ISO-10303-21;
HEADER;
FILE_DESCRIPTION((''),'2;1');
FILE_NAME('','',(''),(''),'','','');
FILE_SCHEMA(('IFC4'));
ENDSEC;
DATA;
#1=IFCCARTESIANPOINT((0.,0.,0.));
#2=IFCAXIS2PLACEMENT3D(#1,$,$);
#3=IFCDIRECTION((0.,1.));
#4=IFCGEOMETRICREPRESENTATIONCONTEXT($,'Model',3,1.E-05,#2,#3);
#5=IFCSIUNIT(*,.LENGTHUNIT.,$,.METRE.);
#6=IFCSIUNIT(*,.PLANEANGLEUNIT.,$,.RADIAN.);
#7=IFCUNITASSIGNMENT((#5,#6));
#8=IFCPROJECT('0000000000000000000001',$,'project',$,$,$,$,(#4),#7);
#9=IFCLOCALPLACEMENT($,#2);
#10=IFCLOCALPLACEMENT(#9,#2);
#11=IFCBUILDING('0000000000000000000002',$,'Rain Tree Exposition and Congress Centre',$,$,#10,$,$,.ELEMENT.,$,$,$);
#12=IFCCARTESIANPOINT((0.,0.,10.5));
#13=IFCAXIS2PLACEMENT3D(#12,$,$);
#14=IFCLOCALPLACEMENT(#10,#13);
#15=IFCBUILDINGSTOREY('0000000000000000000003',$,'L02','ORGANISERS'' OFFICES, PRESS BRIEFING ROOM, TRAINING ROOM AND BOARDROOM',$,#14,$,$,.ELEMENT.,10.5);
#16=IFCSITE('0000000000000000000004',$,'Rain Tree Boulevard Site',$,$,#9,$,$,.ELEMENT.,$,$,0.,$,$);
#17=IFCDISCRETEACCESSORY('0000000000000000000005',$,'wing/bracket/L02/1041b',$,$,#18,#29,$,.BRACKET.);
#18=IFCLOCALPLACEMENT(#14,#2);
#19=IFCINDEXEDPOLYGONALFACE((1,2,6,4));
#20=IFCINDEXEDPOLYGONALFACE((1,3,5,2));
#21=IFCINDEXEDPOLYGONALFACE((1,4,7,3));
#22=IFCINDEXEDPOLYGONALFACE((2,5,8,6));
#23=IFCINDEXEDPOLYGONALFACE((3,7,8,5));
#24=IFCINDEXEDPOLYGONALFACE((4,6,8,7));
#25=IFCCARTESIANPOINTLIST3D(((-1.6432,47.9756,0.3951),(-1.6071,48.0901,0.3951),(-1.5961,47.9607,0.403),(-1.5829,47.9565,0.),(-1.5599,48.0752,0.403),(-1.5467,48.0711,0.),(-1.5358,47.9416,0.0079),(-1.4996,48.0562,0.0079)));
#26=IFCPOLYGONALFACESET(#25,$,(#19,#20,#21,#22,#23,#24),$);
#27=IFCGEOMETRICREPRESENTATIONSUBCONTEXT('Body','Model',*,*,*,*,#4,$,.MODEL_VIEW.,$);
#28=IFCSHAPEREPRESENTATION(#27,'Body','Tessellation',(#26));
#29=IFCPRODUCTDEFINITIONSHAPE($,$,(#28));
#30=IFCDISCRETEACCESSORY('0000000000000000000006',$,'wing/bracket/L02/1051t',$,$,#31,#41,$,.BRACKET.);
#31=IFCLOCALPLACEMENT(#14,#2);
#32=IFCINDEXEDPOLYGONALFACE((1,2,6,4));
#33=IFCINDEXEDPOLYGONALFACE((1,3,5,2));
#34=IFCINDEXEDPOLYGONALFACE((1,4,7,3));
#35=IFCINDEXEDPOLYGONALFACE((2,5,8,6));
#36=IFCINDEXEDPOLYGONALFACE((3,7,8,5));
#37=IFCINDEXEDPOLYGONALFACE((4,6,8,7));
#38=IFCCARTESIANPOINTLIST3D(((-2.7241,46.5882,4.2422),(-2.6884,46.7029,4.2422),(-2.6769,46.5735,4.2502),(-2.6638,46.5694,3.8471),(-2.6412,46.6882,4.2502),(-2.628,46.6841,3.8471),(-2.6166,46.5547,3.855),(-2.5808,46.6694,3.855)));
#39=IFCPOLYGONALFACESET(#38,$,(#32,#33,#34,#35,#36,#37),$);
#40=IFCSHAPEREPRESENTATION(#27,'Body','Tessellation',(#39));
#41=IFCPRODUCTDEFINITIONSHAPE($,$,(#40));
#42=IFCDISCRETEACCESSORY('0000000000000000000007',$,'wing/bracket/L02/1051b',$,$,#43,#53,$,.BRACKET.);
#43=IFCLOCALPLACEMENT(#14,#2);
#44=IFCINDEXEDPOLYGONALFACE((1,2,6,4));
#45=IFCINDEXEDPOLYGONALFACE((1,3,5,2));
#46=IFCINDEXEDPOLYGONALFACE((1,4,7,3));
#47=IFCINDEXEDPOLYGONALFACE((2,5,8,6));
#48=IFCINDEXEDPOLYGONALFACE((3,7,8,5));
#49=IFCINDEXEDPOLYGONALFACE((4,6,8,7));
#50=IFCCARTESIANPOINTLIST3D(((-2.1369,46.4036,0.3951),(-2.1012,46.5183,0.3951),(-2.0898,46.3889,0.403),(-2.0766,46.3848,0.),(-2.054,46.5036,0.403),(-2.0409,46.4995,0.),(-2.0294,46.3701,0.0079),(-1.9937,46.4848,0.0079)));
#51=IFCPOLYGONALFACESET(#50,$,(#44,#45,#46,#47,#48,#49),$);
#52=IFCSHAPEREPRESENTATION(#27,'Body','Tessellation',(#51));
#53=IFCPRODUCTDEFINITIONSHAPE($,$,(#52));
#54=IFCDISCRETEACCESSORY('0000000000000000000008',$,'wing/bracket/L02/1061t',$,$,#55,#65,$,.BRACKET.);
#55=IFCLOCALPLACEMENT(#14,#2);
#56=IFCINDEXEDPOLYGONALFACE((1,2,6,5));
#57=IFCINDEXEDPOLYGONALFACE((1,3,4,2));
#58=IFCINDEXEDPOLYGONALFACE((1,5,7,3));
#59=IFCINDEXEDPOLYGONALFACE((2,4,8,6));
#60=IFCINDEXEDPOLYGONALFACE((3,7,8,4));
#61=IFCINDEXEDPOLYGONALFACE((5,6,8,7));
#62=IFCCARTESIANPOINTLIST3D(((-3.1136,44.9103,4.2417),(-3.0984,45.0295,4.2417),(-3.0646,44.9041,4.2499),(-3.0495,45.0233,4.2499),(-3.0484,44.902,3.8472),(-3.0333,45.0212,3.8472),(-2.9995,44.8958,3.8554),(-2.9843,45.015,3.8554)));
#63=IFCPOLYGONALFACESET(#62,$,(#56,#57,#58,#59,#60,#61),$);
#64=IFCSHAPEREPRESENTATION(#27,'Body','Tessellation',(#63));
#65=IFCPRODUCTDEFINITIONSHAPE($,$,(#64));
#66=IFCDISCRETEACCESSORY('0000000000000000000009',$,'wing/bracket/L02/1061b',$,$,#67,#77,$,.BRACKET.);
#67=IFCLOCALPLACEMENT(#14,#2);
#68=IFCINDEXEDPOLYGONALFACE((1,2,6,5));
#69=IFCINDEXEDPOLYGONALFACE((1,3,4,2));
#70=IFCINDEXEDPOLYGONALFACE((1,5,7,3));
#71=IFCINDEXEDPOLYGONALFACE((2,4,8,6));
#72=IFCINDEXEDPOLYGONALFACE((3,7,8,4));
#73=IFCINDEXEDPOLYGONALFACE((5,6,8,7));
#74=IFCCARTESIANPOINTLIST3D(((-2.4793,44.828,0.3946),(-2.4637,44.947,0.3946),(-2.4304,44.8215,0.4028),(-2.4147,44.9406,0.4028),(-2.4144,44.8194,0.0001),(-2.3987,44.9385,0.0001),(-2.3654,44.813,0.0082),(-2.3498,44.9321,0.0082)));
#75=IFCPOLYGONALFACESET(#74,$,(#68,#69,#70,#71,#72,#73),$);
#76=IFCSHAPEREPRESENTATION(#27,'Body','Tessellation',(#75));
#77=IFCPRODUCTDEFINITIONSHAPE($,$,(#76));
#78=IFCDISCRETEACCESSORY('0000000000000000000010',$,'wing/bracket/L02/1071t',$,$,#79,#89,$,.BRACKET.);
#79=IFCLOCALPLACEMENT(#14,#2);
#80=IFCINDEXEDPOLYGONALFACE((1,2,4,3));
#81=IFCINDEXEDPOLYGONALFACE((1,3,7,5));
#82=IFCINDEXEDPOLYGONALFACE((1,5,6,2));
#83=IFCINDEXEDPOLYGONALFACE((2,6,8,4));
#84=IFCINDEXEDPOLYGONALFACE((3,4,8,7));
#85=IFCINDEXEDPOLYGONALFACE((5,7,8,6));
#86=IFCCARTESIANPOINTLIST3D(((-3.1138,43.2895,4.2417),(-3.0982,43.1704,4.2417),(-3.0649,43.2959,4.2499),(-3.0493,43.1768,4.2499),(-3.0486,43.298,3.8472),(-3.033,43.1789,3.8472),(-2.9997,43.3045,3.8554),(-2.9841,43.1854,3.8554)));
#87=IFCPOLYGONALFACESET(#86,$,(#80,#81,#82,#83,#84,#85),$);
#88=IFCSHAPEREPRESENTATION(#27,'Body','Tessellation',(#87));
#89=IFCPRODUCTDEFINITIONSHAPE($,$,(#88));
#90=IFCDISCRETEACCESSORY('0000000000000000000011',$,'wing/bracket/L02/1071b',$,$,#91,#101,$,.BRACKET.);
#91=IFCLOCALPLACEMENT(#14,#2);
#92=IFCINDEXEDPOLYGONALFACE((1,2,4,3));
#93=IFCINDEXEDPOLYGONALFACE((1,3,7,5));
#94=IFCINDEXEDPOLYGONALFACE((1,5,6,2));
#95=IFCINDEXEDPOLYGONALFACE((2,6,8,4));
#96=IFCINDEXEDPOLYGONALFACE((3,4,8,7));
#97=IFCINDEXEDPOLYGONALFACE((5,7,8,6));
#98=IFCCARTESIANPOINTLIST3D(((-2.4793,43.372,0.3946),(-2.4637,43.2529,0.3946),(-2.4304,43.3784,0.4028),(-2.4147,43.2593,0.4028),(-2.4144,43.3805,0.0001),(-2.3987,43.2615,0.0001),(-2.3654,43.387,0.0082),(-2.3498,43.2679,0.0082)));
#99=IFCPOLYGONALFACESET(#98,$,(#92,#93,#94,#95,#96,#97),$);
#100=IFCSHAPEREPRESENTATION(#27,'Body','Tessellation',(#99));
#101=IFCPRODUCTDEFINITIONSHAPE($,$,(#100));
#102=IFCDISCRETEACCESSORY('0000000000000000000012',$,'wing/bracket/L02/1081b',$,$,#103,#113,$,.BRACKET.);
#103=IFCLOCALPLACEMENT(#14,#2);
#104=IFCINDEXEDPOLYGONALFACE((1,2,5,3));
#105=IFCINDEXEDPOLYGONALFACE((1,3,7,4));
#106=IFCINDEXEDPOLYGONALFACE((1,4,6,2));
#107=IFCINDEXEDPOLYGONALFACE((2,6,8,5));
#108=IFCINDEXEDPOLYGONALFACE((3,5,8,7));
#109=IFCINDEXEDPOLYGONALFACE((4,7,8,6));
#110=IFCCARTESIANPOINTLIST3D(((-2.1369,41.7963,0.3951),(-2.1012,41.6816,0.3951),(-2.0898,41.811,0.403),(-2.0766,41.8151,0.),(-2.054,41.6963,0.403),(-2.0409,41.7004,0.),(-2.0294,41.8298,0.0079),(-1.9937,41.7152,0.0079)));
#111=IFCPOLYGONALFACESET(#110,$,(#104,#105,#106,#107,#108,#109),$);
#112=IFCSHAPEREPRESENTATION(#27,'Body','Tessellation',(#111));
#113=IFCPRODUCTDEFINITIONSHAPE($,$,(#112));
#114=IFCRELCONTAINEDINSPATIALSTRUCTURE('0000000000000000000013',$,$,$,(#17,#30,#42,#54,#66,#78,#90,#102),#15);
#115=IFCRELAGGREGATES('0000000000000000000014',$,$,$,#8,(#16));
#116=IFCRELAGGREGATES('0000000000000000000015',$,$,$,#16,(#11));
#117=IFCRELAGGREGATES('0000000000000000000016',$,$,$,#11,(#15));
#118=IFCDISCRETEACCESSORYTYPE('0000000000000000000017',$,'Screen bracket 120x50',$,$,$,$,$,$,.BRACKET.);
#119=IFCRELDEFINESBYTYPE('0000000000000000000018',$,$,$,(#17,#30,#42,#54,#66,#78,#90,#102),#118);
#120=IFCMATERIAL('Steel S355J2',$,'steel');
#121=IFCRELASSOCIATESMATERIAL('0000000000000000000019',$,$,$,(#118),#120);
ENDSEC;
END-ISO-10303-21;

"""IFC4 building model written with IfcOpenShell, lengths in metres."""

from ifc_helpers import new_model, si_unit, direction, frame, origin, origin_2d, place, context, subcontext, project, spatial, rectangle, extrude, material, material_profile, profile_set, type_object, element, save


model = new_model("IFC4")

# Units and contexts
model_context = context("Model", 3, precision=1e-05, world=origin(), true_north=direction((0.0, 1.0)))
body_context = subcontext(model_context, "Body", "Model", "MODEL_VIEW")
ifc_project = project(units=[si_unit("LENGTHUNIT", "METRE"), si_unit("PLANEANGLEUNIT", "RADIAN")], contexts=[model_context])

# Site, building, storey
site_placement = place(None, origin())
site = spatial("IfcSite", under=ifc_project, at=site_placement, Name="Rain Tree Boulevard Site", CompositionType="ELEMENT", RefElevation=0.0)
building_placement = place(site_placement, origin())
building = spatial("IfcBuilding", under=site, at=building_placement, Name="Rain Tree Exposition and Congress Centre", CompositionType="ELEMENT")
storey_placement = place(building_placement, frame((0.0, 0.0, 10.5)))
storey = spatial("IfcBuildingStorey", under=building, at=storey_placement, Name="L02", Description="ORGANISERS' OFFICES, PRESS BRIEFING ROOM, TRAINING ROOM AND BOARDROOM", CompositionType="ELEMENT", Elevation=10.5)

# Discrete accessories
ifc_material_1 = material(Name="Steel S355J2", Category="steel")
ifc_material_profile_1 = material_profile(ifc_material_1, rectangle(XDim=0.1201, YDim=0.05, at=origin_2d()), Name="Flat bar 120x50")
ifc_profile_set_1 = profile_set([ifc_material_profile_1], Name="Steel S355J2")
discrete_accessory_type = type_object("IfcDiscreteAccessoryType", Name="Screen bracket 120x50", PredefinedType="BRACKET", material=ifc_profile_set_1)
for number, where, z_axis, x_axis, name in (
    (1, (-1.5413, 48.0063, 0.0039), (-0.150738, 0.047602, 0.987427), (-0.301131, -0.953583, 0.0), "wing/bracket/L02/1041b"),
    (2, (-2.6223, 46.6194, 3.8511), (-0.150743, 0.046993, 0.987456), (-0.297615, -0.954686, 0.0), "wing/bracket/L02/1051t"),
    (3, (-2.0352, 46.4348, 0.0039), (-0.150743, 0.046993, 0.987456), (-0.297615, -0.954686, 0.0), "wing/bracket/L02/1051b"),
):
    element("IfcDiscreteAccessory", number, at=place(storey_placement, frame(where, z_axis=z_axis, x_axis=x_axis)), inside=storey, type_object=discrete_accessory_type, Name=name, PredefinedType="BRACKET", context=body_context, shape_type="SweptSolid", body=[
        extrude(rectangle(XDim=0.1201, YDim=0.05, at=origin_2d()), origin(), (0.0, 0.0, 1.0), 0.4001),
    ])
for number, where, z_axis, x_axis, name in (
    (4, (-3.0164, 44.9585, 3.8513), (-0.162978, 0.020754, 0.986411), (-0.126321, -0.991989, 0.0), "wing/bracket/L02/1061t"),
    (5, (-2.3821, 44.8757, 0.0042), (-0.162381, 0.021366, 0.986497), (-0.130455, -0.991454, 0.0), "wing/bracket/L02/1061b"),
    (6, (-3.0164, 43.2417, 3.8513), (-0.162976, -0.021364, 0.986399), (0.129974, -0.991517, 0.0), "wing/bracket/L02/1071t"),
    (7, (-2.3821, 43.3242, 0.0042), (-0.162381, -0.021366, 0.986497), (0.130455, -0.991454, 0.0), "wing/bracket/L02/1071b"),
):
    element("IfcDiscreteAccessory", number, at=place(storey_placement, frame(where, z_axis=z_axis, x_axis=x_axis)), inside=storey, type_object=discrete_accessory_type, Name=name, PredefinedType="BRACKET", context=body_context, shape_type="SweptSolid", body=[
        extrude(rectangle(XDim=0.1201, YDim=0.05, at=origin_2d()), origin(), (0.0, 0.0, 1.0), 0.3999),
    ])
discrete_accessory_placement = place(storey_placement, frame((-2.0352, 41.7651, 0.0039), z_axis=(-0.150743, -0.046993, 0.987456), x_axis=(0.297615, -0.954686, 0.0)))
element("IfcDiscreteAccessory", 8, at=discrete_accessory_placement, inside=storey, type_object=discrete_accessory_type, Name="wing/bracket/L02/1081b", PredefinedType="BRACKET", context=body_context, shape_type="SweptSolid", body=[
    extrude(rectangle(XDim=0.1201, YDim=0.05, at=origin_2d()), origin(), (0.0, 0.0, 1.0), 0.4001),
])

save(model, "model.ifc")
